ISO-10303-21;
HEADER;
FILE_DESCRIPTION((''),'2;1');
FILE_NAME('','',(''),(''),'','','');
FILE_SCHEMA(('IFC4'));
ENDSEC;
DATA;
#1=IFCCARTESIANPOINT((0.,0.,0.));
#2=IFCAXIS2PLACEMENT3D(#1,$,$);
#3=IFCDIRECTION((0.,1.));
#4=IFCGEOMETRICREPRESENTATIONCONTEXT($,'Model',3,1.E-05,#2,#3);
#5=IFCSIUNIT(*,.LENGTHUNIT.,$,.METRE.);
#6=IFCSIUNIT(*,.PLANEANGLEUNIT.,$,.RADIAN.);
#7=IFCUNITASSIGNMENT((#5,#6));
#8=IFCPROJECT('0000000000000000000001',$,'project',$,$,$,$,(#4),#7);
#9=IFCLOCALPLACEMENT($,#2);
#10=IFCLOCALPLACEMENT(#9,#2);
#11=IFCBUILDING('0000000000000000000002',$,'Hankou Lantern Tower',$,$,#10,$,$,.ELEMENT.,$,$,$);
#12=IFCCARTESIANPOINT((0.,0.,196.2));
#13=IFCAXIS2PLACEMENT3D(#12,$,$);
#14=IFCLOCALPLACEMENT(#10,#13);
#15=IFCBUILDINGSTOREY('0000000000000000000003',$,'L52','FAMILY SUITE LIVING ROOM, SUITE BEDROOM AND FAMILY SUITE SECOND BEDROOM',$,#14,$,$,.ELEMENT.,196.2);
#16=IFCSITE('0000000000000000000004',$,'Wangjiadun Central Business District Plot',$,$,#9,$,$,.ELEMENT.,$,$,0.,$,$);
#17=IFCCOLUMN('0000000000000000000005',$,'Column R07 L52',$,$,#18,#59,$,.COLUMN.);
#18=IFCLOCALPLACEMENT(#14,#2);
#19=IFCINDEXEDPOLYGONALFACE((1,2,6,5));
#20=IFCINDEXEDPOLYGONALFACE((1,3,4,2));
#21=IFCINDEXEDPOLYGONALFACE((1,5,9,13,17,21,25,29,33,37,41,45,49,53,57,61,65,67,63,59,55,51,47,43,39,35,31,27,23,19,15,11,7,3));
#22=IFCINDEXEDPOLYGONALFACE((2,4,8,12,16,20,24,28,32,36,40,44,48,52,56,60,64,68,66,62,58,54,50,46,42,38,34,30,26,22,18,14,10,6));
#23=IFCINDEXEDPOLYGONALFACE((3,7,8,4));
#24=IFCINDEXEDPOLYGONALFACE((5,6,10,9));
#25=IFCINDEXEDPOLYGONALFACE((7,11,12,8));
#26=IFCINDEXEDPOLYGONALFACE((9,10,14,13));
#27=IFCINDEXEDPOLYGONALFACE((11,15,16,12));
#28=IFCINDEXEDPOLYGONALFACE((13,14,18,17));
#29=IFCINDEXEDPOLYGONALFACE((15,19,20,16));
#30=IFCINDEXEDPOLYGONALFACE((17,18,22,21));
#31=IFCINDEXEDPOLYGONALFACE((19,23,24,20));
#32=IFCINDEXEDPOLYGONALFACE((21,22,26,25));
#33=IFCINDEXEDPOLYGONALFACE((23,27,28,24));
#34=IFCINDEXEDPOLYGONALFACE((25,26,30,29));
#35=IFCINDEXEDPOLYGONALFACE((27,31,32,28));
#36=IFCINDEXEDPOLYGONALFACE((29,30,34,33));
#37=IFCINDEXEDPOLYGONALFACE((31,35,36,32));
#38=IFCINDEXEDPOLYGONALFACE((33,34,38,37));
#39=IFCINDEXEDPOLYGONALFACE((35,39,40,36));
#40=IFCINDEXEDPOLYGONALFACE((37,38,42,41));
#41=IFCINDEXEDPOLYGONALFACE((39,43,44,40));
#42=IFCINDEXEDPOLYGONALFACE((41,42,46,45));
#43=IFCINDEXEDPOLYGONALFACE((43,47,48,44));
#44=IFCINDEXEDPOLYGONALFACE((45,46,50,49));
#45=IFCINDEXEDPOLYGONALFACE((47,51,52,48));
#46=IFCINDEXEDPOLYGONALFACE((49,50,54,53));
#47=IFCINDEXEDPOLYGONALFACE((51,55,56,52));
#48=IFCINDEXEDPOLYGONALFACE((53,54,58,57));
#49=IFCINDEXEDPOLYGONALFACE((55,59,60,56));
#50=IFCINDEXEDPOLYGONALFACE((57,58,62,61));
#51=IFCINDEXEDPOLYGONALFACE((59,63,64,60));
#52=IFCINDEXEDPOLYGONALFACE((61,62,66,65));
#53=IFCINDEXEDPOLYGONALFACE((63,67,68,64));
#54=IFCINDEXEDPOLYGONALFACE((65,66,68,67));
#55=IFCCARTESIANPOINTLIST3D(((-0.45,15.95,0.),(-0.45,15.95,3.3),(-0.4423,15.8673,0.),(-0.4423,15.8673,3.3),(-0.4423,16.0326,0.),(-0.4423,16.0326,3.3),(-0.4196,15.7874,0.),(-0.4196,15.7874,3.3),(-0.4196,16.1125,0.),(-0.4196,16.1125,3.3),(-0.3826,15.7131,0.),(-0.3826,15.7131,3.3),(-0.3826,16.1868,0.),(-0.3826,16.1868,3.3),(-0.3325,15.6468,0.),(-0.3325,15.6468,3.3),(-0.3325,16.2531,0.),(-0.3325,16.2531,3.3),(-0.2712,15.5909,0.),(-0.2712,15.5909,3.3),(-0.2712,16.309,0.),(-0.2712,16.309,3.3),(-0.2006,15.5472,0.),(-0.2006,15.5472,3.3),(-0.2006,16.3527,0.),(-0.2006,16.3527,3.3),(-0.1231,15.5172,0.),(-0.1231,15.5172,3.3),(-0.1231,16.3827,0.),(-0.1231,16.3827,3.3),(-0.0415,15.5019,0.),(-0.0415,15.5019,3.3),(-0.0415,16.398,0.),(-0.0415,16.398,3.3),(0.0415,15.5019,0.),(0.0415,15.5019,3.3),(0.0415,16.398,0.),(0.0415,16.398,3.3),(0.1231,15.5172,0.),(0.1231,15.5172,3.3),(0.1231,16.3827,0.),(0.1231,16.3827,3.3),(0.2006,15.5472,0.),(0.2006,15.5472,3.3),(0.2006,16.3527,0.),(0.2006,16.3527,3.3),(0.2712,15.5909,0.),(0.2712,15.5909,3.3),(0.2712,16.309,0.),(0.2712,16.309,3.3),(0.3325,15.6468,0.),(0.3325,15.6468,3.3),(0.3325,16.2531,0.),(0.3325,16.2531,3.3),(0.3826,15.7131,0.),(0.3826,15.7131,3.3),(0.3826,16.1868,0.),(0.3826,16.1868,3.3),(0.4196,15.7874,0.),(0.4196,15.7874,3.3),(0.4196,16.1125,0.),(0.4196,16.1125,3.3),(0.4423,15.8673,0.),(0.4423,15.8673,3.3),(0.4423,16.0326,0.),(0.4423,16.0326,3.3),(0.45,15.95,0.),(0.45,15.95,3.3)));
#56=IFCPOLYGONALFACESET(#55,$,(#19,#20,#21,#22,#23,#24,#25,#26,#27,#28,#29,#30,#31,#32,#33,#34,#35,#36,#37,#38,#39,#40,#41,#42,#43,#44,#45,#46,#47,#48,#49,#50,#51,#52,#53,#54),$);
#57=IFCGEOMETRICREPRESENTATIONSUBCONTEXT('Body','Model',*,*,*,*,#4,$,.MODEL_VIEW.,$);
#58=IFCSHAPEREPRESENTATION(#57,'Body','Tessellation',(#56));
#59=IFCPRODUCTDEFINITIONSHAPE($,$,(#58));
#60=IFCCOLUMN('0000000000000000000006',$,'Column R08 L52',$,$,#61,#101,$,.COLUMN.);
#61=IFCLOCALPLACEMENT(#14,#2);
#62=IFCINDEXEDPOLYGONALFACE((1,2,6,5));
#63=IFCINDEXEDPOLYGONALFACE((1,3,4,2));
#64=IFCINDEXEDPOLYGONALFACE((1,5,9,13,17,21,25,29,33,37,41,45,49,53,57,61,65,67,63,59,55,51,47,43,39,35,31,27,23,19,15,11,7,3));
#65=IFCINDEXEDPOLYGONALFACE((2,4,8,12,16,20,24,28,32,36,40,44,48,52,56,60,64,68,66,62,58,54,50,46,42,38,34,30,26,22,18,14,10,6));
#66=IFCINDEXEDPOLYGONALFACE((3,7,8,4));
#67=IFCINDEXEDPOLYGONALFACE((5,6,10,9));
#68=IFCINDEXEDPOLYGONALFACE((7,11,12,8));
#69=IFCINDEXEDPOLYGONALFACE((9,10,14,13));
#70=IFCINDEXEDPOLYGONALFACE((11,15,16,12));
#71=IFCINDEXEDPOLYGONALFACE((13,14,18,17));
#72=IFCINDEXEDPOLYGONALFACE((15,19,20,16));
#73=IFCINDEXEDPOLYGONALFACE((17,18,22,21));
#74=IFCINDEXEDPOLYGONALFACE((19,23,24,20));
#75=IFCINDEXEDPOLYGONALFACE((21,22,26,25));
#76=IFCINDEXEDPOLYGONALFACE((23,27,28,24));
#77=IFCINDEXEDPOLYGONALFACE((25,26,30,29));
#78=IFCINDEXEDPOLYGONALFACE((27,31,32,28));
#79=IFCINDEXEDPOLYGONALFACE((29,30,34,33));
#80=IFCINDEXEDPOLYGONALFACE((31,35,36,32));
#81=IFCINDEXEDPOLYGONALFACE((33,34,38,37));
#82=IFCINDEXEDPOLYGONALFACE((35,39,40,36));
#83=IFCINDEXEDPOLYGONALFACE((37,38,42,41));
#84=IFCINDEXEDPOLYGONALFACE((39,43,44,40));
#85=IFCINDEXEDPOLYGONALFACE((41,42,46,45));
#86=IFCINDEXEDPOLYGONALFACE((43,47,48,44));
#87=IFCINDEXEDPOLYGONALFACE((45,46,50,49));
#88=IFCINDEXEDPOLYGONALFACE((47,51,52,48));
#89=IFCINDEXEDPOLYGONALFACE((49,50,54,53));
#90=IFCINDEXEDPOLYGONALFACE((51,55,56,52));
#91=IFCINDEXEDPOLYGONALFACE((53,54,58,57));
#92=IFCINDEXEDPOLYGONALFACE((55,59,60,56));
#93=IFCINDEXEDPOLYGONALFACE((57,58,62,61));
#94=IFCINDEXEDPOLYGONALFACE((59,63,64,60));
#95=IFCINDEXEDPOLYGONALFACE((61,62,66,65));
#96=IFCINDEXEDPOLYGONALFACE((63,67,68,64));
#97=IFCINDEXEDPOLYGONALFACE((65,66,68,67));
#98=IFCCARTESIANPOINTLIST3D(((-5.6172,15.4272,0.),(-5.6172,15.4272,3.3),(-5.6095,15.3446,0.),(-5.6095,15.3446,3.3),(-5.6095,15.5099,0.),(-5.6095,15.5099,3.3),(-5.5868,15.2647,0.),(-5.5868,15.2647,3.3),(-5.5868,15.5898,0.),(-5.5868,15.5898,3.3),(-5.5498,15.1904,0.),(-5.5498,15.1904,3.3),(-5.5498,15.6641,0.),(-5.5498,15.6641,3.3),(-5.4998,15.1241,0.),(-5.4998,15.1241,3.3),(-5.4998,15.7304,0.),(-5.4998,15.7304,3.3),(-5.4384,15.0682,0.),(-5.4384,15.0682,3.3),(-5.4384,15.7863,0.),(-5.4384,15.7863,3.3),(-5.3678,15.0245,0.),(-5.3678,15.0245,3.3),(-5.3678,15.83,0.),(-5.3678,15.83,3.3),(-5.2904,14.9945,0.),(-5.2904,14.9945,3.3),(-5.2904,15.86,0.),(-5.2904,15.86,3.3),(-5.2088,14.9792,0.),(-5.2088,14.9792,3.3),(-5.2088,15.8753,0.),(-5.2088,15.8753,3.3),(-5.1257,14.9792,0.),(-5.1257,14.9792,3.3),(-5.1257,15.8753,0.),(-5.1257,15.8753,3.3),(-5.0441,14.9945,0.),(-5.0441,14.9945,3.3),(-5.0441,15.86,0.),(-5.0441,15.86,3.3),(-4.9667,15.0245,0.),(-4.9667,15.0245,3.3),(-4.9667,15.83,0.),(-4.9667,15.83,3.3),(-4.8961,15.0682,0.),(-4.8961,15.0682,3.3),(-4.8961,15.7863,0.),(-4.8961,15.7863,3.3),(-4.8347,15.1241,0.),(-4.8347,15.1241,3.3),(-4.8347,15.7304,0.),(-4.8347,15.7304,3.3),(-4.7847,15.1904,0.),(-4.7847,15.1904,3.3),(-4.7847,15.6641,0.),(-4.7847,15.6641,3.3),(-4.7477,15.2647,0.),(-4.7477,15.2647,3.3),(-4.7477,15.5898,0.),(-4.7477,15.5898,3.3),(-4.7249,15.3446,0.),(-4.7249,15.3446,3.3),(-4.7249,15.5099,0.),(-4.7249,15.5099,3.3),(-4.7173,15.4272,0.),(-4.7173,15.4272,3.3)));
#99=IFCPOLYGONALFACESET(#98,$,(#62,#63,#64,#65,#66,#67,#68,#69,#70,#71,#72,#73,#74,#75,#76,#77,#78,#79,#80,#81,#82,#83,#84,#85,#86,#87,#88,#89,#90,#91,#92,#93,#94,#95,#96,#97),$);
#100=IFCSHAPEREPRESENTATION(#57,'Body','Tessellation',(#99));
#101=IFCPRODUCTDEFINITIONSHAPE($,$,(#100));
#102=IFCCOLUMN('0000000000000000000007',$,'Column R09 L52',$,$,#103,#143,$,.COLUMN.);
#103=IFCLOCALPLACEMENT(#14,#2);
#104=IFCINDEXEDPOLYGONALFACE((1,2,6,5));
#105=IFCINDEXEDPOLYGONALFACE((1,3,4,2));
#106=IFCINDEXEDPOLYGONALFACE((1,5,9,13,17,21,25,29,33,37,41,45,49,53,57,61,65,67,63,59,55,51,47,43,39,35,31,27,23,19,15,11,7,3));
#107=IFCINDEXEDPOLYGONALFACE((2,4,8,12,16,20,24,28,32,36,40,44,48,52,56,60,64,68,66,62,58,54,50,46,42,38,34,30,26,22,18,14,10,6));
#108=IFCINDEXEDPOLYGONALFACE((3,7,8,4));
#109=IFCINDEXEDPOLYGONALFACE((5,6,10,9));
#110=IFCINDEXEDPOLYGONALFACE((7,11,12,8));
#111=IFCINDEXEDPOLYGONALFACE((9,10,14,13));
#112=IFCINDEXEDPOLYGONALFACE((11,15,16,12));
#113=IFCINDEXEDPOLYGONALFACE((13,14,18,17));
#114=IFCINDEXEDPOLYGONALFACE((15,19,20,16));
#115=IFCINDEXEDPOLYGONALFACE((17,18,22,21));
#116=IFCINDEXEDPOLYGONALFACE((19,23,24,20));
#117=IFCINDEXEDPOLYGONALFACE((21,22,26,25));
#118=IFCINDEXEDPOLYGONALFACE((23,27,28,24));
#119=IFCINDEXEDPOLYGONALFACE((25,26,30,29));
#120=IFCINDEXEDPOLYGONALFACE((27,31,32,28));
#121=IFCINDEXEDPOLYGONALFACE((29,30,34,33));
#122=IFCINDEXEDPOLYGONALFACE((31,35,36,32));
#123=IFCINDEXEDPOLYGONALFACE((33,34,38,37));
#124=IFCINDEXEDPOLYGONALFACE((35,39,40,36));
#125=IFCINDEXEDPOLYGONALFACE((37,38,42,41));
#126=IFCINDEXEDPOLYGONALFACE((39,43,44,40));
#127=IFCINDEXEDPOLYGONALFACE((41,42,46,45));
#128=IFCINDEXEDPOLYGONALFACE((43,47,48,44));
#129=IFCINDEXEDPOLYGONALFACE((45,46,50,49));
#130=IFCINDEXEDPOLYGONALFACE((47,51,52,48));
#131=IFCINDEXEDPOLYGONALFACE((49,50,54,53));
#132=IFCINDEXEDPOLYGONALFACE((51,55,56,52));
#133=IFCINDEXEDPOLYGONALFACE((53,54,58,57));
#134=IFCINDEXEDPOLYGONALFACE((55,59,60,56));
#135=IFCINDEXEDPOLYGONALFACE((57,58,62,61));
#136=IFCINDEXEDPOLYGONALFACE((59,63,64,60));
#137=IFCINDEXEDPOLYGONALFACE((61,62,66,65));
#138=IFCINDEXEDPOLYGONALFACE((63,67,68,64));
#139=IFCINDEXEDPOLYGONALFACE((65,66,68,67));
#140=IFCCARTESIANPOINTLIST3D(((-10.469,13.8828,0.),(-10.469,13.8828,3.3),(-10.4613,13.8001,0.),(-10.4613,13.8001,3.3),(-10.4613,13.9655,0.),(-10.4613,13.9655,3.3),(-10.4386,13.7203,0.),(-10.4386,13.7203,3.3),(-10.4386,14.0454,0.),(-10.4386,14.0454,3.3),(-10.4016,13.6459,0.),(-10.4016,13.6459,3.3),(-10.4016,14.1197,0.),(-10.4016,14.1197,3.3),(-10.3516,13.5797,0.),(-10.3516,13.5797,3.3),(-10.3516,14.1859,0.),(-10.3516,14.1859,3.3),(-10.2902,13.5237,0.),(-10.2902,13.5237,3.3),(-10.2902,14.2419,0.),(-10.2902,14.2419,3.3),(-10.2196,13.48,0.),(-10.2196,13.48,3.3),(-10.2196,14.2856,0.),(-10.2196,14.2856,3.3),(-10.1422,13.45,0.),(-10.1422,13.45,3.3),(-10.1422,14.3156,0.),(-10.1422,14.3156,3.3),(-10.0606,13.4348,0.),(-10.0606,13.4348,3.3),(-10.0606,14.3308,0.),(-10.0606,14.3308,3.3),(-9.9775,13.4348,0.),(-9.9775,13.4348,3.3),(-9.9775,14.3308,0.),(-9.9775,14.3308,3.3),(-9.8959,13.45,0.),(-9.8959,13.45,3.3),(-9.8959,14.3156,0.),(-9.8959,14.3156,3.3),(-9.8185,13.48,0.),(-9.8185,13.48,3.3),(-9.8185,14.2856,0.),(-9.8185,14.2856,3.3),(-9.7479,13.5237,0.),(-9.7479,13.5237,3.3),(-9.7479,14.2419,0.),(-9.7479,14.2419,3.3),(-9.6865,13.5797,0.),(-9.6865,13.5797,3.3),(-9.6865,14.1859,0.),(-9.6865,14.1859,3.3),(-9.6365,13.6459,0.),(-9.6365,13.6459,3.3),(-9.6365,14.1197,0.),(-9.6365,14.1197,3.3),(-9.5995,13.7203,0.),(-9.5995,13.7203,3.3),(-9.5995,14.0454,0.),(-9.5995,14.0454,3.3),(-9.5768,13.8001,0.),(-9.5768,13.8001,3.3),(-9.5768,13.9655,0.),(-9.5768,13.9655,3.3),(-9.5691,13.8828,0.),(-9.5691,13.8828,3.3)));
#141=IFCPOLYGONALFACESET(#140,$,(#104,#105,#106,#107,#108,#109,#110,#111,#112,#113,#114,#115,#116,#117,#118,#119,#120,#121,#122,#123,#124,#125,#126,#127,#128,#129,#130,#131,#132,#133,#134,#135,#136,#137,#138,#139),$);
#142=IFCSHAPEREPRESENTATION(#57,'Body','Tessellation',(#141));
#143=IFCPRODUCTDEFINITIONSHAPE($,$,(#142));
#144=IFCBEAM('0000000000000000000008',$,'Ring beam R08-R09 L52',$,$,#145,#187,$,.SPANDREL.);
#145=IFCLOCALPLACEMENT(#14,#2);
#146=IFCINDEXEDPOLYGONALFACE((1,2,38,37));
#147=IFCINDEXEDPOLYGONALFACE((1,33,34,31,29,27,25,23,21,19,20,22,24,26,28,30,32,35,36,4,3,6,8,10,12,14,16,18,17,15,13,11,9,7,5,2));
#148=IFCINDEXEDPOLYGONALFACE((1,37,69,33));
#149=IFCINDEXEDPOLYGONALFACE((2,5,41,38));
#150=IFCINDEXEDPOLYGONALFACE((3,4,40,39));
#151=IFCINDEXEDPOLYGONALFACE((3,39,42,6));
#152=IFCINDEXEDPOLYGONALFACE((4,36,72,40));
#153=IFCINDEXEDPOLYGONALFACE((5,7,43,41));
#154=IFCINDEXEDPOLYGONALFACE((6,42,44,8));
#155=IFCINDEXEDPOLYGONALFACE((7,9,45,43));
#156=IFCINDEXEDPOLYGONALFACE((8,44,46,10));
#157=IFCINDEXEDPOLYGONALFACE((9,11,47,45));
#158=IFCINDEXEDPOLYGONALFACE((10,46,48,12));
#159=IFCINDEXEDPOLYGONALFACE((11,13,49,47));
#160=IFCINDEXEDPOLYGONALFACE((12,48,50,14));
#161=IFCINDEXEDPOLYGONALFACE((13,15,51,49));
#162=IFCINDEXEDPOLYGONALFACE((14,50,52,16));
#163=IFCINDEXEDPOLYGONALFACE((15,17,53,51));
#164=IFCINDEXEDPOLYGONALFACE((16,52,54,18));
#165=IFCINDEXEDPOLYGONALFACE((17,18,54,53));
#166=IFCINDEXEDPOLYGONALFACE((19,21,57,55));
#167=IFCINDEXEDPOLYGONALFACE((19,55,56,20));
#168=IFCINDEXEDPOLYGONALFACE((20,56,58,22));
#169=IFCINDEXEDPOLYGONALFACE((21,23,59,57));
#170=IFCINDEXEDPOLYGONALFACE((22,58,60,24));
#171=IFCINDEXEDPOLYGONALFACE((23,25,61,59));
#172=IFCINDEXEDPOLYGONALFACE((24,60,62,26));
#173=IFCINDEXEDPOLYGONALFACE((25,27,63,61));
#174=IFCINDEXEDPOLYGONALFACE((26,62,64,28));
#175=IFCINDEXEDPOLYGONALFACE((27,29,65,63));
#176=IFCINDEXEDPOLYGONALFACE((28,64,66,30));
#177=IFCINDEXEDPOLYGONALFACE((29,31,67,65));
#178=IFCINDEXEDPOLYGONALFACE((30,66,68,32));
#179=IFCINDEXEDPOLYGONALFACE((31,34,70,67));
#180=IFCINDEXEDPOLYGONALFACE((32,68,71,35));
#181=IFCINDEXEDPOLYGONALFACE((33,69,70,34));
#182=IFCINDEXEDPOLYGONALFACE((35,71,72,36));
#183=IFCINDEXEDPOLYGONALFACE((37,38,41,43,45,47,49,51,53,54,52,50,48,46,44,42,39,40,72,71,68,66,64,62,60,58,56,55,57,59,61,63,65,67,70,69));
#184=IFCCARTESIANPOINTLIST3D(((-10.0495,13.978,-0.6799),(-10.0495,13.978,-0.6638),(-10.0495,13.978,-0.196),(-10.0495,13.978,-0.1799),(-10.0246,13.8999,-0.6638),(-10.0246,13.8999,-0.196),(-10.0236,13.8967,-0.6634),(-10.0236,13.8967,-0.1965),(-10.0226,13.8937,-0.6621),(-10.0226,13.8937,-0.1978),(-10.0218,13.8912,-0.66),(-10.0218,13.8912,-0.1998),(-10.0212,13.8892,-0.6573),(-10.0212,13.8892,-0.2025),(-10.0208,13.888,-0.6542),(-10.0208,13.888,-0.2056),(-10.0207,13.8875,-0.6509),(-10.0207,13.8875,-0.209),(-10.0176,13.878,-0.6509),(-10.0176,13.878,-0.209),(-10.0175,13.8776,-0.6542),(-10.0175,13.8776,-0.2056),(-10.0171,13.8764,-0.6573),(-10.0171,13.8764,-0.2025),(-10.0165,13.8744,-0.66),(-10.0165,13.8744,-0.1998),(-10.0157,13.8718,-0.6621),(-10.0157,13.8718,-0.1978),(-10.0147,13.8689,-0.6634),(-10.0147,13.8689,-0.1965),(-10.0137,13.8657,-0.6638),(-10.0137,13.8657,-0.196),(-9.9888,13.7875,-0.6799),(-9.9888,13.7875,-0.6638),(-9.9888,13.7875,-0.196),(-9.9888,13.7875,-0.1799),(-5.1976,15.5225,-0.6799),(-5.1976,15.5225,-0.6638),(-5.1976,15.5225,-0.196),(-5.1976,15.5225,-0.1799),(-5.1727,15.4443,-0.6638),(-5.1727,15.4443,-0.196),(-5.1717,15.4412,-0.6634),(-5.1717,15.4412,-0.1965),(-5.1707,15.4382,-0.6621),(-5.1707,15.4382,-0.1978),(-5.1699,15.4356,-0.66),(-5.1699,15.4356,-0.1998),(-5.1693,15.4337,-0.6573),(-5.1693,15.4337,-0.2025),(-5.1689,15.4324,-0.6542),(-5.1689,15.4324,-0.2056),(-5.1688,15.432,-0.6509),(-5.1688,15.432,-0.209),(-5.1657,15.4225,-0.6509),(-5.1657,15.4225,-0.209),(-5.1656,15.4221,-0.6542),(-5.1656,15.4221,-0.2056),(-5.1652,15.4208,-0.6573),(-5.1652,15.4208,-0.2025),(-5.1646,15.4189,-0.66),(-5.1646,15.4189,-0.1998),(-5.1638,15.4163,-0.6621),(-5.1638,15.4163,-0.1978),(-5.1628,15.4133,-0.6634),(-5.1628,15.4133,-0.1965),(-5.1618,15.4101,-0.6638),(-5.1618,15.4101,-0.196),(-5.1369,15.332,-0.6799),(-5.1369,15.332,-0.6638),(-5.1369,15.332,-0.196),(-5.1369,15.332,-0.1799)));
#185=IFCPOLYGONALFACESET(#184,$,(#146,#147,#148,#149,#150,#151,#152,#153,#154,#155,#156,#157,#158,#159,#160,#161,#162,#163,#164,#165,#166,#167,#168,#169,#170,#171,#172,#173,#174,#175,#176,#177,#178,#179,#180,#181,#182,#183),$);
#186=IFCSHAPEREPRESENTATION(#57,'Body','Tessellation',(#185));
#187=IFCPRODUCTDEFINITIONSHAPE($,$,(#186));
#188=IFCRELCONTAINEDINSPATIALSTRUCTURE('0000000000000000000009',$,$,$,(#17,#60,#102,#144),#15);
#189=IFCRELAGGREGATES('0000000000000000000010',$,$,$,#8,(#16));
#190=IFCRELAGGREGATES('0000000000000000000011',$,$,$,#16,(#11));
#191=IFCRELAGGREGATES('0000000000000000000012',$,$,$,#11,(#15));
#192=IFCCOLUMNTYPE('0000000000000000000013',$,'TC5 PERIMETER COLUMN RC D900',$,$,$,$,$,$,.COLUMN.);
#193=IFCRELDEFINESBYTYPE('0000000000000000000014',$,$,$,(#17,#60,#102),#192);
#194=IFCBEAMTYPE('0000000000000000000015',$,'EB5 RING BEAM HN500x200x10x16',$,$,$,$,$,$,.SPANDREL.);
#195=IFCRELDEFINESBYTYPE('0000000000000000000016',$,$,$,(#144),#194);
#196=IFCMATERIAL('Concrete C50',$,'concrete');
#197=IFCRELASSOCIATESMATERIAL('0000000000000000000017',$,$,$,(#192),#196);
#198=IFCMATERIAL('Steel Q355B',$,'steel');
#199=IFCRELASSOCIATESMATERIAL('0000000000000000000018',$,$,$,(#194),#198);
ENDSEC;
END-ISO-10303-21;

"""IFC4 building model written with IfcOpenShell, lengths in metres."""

from ifc_helpers import new_model, si_unit, direction, frame, origin, origin_2d, place, context, subcontext, project, spatial, circle, i_section, extrude, material, material_profile, profile_set, type_object, element, save


model = new_model("IFC4")

# Units and contexts
model_context = context("Model", 3, precision=1e-05, world=origin(), true_north=direction((0.0, 1.0)))
body_context = subcontext(model_context, "Body", "Model", "MODEL_VIEW")
ifc_project = project(units=[si_unit("LENGTHUNIT", "METRE"), si_unit("PLANEANGLEUNIT", "RADIAN")], contexts=[model_context])

# Site, building, storey
site_placement = place(None, origin())
site = spatial("IfcSite", under=ifc_project, at=site_placement, Name="Wangjiadun Central Business District Plot", CompositionType="ELEMENT", RefElevation=0.0)
building_placement = place(site_placement, origin())
building = spatial("IfcBuilding", under=site, at=building_placement, Name="Hankou Lantern Tower", CompositionType="ELEMENT")
storey_placement = place(building_placement, frame((0.0, 0.0, 196.2)))
storey = spatial("IfcBuildingStorey", under=building, at=storey_placement, Name="L52", Description="FAMILY SUITE LIVING ROOM, SUITE BEDROOM AND FAMILY SUITE SECOND BEDROOM", CompositionType="ELEMENT", Elevation=196.2)

# Columns
ifc_material_1 = material(Name="Concrete C50", Category="concrete")
ifc_material_profile_1 = material_profile(ifc_material_1, circle(Radius=0.45, at=origin_2d()), Name="RC D900")
ifc_profile_set_1 = profile_set([ifc_material_profile_1], Name="Concrete C50")
column_type = type_object("IfcColumnType", Name="TC5 PERIMETER COLUMN RC D900", PredefinedType="COLUMN", material=ifc_profile_set_1)
for number, where, z_axis, x_axis, name in (
    (1, (0.0, 15.95, 0.0), (0.0, 0.0, 1.0), (1.0, 0.0, 0.0), "Column R07 L52"),
    (2, (-5.1672, 15.4272, 0.0), (0.0, 0.0, 1.0), (1.0, 0.0, 0.0), "Column R08 L52"),
    (3, (-10.019, 13.8828, 0.0), (0.0, 0.0, 1.0), (1.0, 0.0, 0.0), "Column R09 L52"),
):
    element("IfcColumn", number, at=place(storey_placement, frame(where, z_axis=z_axis, x_axis=x_axis)), inside=storey, type_object=column_type, Name=name, PredefinedType="COLUMN", context=body_context, shape_type="SweptSolid", body=[
        extrude(circle(Radius=0.45, at=origin_2d()), origin(), (0.0, 0.0, 1.0), 3.3),
    ])

# Beam
ifc_material_2 = material(Name="Steel Q355B", Category="steel")
ifc_material_profile_2 = material_profile(ifc_material_2, i_section(OverallWidth=0.2, OverallDepth=0.5, WebThickness=0.01, FlangeThickness=0.0161, FilletRadius=0.0129, at=origin_2d()), Name="HN500x200x10x16")
ifc_profile_set_2 = profile_set([ifc_material_profile_2], Name="Steel Q355B")
beam_type_1 = type_object("IfcBeamType", Name="EB5 RING BEAM HN500x200x10x16", PredefinedType="SPANDREL", material=ifc_profile_set_2)
beam_1_placement = place(storey_placement, frame((-5.1672, 15.4272, -0.4299), z_axis=(-0.952887, -0.303324, 0.0), x_axis=(0.303324, -0.952887, 0.0)))
element("IfcBeam", 4, at=beam_1_placement, inside=storey, type_object=beam_type_1, Name="Ring beam R08-R09 L52", PredefinedType="SPANDREL", context=body_context, shape_type="SweptSolid", body=[
    extrude(i_section(OverallWidth=0.2, OverallDepth=0.5, WebThickness=0.01, FlangeThickness=0.0161, FilletRadius=0.0129, at=origin_2d()), origin(), (0.0, 0.0, 1.0), 5.0918),
])

save(model, "model.ifc")
